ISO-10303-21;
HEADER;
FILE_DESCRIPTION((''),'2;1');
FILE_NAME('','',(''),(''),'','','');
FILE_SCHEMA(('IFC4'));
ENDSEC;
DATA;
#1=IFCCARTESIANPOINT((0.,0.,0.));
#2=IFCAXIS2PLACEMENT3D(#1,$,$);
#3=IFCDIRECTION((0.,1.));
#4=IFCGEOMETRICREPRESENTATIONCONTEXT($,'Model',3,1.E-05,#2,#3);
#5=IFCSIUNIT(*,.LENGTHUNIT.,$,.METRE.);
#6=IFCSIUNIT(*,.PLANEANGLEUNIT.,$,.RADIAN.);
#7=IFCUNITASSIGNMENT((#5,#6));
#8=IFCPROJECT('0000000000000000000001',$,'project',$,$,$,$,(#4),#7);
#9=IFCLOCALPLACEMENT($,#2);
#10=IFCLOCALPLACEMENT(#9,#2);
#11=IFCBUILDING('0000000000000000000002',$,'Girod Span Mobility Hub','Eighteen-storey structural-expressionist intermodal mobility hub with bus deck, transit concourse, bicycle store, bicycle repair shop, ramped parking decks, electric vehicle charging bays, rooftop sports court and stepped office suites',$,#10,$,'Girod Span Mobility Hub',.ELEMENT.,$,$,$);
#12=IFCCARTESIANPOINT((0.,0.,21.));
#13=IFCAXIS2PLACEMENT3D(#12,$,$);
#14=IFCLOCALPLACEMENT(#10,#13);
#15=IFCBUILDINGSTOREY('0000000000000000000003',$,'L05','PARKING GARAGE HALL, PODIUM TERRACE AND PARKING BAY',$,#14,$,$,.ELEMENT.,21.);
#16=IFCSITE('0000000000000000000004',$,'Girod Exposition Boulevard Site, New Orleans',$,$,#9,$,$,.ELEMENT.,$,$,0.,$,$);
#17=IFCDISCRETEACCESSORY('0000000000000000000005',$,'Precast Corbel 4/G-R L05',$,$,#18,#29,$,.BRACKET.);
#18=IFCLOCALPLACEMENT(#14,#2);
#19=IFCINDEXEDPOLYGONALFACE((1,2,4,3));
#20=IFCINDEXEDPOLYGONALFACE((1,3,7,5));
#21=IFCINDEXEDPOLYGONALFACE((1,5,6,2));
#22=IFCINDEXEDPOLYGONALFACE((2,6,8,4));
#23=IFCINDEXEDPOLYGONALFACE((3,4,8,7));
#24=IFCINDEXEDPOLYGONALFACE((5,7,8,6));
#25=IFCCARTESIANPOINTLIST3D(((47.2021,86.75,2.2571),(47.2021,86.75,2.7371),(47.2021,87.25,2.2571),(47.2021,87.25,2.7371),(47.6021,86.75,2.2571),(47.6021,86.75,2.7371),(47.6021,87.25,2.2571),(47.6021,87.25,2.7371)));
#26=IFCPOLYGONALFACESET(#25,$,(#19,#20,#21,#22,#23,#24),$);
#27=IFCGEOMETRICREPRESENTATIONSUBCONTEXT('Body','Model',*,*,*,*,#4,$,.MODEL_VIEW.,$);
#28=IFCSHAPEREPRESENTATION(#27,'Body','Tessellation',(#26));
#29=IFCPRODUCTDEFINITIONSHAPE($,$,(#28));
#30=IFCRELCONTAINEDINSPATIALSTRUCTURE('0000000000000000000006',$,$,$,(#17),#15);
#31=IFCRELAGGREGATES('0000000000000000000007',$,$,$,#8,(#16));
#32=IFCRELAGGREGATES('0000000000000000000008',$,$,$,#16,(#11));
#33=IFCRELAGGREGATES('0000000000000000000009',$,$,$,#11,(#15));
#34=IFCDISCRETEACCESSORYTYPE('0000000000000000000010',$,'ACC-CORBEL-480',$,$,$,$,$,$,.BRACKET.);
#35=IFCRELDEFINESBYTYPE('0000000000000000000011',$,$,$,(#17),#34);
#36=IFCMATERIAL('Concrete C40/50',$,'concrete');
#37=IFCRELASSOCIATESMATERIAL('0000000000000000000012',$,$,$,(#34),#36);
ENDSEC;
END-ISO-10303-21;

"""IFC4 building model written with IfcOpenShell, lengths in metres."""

from ifc_helpers import new_model, si_unit, direction, frame, origin, origin_2d, place, context, subcontext, project, spatial, rectangle, extrude, material, type_object, element, save


model = new_model("IFC4")

# Units and contexts
model_context = context("Model", 3, precision=1e-05, world=origin(), true_north=direction((0.0, 1.0)))
body_context = subcontext(model_context, "Body", "Model", "MODEL_VIEW")
ifc_project = project(units=[si_unit("LENGTHUNIT", "METRE"), si_unit("PLANEANGLEUNIT", "RADIAN")], contexts=[model_context])

# Site, building, storey
site_placement = place(None, origin())
site = spatial("IfcSite", under=ifc_project, at=site_placement, Name="Girod Exposition Boulevard Site, New Orleans", CompositionType="ELEMENT", RefElevation=0.0)
building_placement = place(site_placement, origin())
building = spatial("IfcBuilding", under=site, at=building_placement, Name="Girod Span Mobility Hub", Description="Eighteen-storey structural-expressionist intermodal mobility hub with bus deck, transit concourse, bicycle store, bicycle repair shop, ramped parking decks, electric vehicle charging bays, rooftop sports court and stepped office suites", LongName="Girod Span Mobility Hub", CompositionType="ELEMENT")
storey_placement = place(building_placement, frame((0.0, 0.0, 21.0)))
storey = spatial("IfcBuildingStorey", under=building, at=storey_placement, Name="L05", Description="PARKING GARAGE HALL, PODIUM TERRACE AND PARKING BAY", CompositionType="ELEMENT", Elevation=21.0)

# Discrete accessory
ifc_material_1 = material(Name="Concrete C40/50", Category="concrete")
discrete_accessory_type = type_object("IfcDiscreteAccessoryType", Name="ACC-CORBEL-480", PredefinedType="BRACKET", material=ifc_material_1)
for number, where, z_axis, x_axis, name in (
    (1, (47.4021, 87.0, 2.2571), (0.0, 0.0, 1.0), (1.0, 0.0, 0.0), "Precast Corbel 4/G-R L05"),
):
    element("IfcDiscreteAccessory", number, at=place(storey_placement, frame(where, z_axis=z_axis, x_axis=x_axis)), inside=storey, type_object=discrete_accessory_type, Name=name, PredefinedType="BRACKET", context=body_context, shape_type="SweptSolid", body=[
        extrude(rectangle(XDim=0.3999, YDim=0.5, at=origin_2d()), origin(), (0.0, 0.0, 1.0), 0.48),
    ])

save(model, "model.ifc")
